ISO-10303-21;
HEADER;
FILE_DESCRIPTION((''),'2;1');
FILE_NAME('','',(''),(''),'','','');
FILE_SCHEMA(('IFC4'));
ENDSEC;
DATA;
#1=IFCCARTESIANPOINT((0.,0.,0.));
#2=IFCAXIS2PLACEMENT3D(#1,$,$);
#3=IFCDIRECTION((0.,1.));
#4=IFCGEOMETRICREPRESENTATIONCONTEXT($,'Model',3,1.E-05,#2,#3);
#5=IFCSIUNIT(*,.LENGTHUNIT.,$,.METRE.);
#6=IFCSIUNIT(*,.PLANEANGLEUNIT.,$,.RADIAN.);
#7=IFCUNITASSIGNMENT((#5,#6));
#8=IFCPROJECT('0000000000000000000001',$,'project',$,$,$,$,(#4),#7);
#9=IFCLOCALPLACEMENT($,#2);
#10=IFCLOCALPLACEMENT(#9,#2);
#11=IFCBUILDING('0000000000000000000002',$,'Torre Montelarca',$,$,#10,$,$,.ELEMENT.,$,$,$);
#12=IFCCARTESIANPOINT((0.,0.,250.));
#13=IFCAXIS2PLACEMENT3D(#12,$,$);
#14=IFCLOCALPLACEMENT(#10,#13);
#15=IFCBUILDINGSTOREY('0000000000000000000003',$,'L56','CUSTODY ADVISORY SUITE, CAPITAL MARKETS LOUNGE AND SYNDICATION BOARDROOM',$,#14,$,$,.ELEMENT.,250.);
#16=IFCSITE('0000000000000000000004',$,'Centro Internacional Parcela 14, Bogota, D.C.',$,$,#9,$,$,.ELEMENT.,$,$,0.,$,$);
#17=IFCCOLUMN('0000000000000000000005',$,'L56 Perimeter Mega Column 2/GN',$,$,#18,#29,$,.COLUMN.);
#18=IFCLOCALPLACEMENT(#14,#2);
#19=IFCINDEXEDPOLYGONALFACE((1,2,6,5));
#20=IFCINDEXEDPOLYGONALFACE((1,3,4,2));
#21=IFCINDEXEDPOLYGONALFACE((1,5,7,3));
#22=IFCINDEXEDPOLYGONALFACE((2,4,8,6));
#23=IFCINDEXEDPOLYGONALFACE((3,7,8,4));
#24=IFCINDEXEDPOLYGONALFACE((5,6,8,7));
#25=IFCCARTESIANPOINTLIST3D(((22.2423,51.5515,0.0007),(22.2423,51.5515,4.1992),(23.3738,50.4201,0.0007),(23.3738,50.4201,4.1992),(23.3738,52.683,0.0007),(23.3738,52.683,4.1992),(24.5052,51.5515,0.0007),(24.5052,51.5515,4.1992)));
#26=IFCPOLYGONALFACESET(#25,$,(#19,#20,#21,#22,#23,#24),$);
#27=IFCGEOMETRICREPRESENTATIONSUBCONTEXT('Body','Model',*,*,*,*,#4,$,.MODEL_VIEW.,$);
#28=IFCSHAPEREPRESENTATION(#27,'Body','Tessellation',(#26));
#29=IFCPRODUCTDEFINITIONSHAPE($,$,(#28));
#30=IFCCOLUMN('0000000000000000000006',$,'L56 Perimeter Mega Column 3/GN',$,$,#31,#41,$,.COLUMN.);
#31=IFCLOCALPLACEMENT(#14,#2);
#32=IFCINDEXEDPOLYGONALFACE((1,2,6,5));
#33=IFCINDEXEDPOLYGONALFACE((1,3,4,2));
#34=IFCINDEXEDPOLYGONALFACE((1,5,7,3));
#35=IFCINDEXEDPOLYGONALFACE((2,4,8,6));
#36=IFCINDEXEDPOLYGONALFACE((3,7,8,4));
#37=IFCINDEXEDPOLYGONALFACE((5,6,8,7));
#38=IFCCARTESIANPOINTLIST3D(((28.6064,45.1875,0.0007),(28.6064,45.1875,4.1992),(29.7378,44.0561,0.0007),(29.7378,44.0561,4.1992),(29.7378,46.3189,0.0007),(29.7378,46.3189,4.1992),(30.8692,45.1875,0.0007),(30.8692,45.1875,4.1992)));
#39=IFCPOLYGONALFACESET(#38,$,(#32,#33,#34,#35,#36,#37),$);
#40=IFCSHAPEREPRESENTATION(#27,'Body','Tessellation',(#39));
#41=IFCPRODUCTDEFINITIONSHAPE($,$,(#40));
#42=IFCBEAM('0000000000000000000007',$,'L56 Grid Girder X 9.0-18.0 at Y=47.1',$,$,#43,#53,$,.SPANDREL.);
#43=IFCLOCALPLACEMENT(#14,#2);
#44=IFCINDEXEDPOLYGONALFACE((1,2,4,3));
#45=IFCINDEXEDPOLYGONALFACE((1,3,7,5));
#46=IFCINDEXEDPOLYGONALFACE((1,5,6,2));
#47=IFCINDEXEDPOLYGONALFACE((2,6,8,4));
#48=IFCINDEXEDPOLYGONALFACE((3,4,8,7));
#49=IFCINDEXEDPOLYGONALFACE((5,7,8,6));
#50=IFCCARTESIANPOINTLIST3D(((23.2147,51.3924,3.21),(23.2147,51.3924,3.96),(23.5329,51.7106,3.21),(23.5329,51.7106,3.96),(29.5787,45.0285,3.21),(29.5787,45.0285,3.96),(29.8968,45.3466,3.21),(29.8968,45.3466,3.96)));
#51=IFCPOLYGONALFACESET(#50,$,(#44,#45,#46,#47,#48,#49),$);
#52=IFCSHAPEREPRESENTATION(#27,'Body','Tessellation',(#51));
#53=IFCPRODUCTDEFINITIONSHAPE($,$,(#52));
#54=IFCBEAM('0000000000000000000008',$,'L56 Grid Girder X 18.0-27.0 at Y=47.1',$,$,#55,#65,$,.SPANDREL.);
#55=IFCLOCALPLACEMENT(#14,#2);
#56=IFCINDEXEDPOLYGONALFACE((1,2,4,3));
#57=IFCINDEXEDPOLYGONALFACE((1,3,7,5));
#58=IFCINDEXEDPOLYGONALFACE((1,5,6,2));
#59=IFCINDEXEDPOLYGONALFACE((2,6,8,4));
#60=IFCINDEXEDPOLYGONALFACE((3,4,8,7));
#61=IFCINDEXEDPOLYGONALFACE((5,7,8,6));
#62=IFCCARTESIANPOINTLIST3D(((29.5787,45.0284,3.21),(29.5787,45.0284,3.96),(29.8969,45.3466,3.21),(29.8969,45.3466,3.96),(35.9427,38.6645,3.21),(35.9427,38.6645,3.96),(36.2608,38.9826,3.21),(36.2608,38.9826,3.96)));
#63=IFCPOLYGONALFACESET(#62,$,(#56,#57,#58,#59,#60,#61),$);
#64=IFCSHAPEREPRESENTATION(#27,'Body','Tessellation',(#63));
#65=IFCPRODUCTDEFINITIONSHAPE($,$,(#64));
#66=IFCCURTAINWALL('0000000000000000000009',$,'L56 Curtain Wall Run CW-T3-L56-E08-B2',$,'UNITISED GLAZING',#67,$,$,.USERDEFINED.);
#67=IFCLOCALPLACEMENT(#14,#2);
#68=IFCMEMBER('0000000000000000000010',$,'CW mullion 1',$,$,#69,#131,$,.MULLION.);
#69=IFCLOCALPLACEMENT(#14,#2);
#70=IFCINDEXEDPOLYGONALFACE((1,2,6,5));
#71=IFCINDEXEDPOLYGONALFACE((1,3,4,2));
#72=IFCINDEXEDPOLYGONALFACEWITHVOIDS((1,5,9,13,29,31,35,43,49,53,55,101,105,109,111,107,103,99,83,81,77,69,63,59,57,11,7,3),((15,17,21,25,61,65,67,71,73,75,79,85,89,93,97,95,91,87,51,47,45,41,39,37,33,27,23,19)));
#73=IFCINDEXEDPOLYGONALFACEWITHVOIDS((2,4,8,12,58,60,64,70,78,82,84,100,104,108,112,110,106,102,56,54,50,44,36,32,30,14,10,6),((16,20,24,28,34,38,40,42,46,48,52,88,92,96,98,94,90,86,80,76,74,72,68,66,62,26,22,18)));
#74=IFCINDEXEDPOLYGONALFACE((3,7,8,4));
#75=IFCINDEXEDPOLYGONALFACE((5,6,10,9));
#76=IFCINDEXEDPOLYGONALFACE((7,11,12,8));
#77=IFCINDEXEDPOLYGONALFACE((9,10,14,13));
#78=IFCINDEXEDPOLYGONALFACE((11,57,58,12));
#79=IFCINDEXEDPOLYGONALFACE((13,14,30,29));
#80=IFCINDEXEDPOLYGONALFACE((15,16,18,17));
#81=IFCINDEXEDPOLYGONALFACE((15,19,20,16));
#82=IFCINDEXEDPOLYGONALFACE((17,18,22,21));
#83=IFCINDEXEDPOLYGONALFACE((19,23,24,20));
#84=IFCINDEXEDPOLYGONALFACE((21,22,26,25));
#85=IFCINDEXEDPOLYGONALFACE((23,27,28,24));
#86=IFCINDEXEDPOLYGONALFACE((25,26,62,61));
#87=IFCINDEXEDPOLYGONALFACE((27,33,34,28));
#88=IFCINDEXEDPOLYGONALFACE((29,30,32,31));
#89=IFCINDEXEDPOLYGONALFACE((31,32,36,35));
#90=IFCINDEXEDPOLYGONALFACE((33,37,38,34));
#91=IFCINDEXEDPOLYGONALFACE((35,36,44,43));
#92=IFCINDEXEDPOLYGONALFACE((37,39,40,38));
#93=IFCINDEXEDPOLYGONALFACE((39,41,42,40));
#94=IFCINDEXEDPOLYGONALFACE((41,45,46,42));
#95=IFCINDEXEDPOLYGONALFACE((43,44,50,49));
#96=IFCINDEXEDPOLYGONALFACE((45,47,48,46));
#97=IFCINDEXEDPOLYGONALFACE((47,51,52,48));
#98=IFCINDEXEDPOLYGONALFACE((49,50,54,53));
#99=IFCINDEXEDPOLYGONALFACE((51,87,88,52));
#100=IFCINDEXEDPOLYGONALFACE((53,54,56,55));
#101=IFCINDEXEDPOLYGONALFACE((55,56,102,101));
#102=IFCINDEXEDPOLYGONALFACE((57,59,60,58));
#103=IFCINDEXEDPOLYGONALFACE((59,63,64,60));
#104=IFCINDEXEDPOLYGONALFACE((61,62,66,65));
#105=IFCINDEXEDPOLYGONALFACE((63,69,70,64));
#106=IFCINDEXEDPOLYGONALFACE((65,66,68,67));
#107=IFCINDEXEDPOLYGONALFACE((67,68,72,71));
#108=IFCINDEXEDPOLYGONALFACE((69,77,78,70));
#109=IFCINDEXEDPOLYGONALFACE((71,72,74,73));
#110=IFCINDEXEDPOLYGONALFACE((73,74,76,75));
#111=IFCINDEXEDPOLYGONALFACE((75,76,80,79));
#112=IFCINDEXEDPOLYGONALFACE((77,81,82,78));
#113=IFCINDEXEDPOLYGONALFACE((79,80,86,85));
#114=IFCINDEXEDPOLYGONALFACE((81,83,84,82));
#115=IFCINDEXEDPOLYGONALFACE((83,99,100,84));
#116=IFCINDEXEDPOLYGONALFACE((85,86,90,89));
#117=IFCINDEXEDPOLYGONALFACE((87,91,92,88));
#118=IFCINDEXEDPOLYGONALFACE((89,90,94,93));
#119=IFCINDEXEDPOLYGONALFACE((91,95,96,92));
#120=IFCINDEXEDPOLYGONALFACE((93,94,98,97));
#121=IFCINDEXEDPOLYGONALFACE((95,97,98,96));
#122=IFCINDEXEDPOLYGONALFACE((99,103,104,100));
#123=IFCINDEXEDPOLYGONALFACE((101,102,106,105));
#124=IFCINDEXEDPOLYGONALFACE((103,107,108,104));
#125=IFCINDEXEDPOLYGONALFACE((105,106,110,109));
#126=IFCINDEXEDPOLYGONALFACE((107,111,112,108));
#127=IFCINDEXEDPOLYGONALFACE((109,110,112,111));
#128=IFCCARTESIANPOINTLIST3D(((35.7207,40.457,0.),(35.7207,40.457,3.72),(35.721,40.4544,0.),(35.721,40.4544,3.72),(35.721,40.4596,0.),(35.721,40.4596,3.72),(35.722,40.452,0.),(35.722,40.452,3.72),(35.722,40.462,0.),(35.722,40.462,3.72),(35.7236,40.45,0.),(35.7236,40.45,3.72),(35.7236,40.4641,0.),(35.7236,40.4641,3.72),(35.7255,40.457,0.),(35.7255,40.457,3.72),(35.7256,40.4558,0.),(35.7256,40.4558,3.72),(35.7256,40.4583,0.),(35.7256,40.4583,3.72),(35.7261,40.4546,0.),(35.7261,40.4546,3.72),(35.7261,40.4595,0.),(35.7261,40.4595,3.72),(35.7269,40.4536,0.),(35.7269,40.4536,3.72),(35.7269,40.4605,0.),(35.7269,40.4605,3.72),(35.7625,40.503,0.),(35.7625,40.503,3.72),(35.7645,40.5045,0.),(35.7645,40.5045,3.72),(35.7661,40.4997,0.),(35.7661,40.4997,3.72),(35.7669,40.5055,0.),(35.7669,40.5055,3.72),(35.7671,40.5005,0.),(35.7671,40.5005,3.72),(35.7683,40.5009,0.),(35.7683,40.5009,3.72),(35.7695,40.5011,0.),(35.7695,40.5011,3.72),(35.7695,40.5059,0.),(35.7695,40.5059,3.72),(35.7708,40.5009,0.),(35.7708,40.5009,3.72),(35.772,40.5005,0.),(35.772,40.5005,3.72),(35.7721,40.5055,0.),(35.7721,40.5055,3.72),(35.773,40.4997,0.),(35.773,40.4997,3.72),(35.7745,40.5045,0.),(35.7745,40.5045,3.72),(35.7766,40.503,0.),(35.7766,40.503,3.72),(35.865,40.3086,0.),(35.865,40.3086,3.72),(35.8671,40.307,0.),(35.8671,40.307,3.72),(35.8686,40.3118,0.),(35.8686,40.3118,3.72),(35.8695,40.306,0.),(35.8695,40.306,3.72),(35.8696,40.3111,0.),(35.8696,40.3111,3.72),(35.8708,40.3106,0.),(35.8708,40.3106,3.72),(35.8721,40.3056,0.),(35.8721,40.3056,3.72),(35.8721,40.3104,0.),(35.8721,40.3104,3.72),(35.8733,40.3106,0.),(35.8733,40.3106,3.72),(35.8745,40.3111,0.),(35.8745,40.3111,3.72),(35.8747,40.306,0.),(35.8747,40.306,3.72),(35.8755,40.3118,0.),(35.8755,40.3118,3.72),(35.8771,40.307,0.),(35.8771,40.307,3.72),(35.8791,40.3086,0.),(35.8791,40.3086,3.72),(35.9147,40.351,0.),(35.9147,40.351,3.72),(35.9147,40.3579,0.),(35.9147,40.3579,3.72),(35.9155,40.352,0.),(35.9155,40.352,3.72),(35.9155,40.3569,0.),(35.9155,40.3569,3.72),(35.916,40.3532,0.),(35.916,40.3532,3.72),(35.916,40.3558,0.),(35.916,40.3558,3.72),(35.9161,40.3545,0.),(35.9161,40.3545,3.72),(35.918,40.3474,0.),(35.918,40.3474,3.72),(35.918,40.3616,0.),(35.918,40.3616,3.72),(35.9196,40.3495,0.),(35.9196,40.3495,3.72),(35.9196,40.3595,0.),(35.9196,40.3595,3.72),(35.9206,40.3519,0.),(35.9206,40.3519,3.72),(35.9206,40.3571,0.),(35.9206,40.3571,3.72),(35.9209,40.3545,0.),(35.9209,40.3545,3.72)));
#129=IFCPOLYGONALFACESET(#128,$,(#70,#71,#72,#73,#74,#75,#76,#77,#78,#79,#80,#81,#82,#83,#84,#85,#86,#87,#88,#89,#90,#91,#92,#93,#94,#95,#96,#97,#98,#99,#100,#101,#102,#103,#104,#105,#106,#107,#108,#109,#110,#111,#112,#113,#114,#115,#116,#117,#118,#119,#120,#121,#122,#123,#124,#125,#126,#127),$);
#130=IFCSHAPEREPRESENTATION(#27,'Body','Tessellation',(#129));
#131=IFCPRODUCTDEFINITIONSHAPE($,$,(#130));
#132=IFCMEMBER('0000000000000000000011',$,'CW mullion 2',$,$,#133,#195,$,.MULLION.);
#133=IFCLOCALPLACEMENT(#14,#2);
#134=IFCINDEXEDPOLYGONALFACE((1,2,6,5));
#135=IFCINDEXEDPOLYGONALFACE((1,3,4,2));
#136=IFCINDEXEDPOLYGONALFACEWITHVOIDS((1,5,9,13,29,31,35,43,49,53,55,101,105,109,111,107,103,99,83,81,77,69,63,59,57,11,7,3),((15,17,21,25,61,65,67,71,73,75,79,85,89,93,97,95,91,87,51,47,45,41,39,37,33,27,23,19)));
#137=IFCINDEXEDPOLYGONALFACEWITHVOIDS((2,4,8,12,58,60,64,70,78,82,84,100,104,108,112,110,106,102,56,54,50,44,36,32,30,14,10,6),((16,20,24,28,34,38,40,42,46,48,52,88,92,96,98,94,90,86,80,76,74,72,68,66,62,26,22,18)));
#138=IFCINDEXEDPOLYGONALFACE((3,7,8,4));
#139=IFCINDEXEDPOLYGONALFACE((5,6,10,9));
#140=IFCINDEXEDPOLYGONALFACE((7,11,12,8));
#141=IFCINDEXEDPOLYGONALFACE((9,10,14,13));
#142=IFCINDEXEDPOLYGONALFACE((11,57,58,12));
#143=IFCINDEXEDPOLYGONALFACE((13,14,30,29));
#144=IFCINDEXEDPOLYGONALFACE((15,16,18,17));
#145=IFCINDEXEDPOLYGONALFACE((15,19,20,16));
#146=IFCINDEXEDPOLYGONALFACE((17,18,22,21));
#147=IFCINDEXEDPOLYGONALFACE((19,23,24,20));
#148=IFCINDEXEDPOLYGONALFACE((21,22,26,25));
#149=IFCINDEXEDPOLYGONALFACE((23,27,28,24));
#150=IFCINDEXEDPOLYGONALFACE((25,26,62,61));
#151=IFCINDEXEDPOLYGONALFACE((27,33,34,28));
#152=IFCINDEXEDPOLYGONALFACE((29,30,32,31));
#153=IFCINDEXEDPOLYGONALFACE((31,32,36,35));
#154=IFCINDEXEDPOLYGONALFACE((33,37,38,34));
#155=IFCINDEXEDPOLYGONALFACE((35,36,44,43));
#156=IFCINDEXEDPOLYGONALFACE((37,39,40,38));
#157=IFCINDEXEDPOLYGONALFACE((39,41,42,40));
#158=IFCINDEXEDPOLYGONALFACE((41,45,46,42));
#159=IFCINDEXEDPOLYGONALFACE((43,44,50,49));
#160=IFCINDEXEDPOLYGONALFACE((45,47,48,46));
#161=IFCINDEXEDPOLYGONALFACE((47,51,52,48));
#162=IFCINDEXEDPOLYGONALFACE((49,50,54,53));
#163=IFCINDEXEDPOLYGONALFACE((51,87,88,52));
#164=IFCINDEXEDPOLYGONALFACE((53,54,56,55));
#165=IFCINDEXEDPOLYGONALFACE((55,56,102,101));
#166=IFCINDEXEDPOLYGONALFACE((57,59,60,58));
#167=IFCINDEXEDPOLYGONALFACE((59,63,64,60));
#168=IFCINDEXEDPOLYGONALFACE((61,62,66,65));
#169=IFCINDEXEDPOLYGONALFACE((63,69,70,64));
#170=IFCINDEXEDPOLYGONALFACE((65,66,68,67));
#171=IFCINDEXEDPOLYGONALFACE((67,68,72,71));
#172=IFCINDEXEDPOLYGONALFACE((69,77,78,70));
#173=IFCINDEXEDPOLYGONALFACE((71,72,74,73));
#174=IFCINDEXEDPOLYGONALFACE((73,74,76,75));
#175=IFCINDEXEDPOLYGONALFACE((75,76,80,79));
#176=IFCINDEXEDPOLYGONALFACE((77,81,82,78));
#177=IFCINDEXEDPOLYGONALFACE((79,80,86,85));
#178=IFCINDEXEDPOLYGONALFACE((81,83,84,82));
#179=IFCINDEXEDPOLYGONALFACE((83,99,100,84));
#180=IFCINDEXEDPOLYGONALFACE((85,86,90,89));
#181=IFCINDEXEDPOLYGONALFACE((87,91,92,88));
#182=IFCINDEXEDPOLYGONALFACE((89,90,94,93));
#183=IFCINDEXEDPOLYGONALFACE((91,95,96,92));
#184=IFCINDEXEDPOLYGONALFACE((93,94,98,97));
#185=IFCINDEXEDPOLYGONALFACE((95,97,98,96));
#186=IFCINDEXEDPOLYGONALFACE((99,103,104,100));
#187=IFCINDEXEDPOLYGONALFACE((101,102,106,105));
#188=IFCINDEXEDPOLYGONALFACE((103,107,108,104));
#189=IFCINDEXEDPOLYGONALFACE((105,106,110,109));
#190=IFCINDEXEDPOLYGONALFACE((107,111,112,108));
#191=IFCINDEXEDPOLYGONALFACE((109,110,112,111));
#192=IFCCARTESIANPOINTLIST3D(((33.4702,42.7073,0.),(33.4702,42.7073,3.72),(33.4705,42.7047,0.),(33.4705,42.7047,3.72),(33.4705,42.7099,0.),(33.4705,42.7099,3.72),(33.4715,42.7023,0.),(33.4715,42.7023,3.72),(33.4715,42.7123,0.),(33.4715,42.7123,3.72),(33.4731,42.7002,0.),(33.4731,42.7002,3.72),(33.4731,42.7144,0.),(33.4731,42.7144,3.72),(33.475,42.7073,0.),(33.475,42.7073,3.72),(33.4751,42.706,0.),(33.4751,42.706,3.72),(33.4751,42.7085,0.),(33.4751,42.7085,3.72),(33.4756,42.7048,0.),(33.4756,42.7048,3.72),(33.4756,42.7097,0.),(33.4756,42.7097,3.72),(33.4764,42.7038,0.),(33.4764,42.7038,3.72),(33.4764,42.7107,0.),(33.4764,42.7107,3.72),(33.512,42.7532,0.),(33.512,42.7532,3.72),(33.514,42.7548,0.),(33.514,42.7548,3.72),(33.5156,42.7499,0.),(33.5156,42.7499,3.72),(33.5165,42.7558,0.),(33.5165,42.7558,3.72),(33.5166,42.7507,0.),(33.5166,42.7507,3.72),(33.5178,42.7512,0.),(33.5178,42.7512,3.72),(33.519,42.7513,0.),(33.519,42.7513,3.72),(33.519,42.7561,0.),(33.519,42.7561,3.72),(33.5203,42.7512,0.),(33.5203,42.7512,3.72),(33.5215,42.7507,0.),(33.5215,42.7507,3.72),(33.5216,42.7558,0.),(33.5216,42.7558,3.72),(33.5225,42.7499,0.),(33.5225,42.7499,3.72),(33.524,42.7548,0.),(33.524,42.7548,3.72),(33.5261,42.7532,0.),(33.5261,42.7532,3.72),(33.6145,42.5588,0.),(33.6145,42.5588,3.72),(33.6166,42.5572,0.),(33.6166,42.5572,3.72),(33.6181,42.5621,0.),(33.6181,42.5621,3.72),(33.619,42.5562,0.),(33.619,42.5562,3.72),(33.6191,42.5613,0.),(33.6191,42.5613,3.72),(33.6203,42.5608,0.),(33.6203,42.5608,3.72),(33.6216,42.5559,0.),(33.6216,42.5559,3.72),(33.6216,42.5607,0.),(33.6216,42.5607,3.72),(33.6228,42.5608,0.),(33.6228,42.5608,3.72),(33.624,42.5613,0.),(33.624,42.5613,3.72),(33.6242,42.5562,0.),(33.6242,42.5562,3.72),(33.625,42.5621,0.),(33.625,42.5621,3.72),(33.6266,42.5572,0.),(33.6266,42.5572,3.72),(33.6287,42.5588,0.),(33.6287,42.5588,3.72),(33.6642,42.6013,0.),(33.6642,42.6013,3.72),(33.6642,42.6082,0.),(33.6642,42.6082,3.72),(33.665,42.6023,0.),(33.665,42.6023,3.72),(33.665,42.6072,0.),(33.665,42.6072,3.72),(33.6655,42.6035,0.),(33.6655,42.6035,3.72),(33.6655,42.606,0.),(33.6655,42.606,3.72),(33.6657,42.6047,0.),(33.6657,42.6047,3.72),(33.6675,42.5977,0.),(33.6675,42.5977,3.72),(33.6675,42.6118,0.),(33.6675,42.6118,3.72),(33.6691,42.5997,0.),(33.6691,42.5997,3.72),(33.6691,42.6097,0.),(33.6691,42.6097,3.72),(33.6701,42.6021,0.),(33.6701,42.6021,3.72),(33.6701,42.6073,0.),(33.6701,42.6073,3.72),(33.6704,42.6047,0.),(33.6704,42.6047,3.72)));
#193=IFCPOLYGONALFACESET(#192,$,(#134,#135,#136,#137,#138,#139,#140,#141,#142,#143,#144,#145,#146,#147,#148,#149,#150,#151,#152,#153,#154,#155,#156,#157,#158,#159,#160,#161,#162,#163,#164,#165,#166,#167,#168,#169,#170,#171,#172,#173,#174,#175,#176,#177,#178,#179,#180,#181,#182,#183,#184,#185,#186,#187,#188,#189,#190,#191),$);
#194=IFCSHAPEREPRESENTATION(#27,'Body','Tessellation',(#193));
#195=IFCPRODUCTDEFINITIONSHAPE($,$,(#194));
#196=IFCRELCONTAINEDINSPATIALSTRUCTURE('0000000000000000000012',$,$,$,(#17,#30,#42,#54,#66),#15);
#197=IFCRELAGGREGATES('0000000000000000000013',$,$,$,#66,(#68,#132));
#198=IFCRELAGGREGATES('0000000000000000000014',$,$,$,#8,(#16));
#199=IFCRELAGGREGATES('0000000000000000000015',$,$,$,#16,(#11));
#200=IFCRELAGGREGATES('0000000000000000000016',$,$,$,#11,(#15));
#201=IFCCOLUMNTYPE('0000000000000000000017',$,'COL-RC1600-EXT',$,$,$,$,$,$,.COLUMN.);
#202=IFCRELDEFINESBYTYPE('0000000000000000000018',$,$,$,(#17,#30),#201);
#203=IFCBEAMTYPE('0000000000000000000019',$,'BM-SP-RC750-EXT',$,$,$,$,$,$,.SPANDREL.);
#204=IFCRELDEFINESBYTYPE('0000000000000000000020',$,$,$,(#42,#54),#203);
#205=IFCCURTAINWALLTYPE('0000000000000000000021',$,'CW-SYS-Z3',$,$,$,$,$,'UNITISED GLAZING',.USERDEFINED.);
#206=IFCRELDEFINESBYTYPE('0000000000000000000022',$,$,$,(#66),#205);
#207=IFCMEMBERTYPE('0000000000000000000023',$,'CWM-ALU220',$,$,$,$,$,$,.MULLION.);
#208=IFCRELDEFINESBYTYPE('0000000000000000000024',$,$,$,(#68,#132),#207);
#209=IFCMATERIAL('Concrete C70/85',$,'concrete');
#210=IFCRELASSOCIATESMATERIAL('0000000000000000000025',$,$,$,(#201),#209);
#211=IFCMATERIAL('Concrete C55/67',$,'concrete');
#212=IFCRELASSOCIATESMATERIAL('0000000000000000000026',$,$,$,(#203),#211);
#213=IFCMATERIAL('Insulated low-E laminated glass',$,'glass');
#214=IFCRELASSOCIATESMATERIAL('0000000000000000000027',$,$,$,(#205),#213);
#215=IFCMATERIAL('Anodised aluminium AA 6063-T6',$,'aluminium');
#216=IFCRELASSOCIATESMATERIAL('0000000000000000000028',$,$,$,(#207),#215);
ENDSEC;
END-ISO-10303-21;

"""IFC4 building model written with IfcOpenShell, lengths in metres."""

from ifc_helpers import new_model, si_unit, direction, frame, origin, origin_2d, place, context, subcontext, project, spatial, rectangle, hollow_rectangle, extrude, source, transform, mapped, material, material_profile, profile_set, type_object, element, aggregate, save


model = new_model("IFC4")

# Units and contexts
model_context = context("Model", 3, precision=1e-05, world=origin(), true_north=direction((0.0, 1.0)))
body_context = subcontext(model_context, "Body", "Model", "MODEL_VIEW")
ifc_project = project(units=[si_unit("LENGTHUNIT", "METRE"), si_unit("PLANEANGLEUNIT", "RADIAN")], contexts=[model_context])

# Site, building, storey
site_placement = place(None, origin())
site = spatial("IfcSite", under=ifc_project, at=site_placement, Name="Centro Internacional Parcela 14, Bogota, D.C.", CompositionType="ELEMENT", RefElevation=0.0)
building_placement = place(site_placement, origin())
building = spatial("IfcBuilding", under=site, at=building_placement, Name="Torre Montelarca", CompositionType="ELEMENT")
storey_placement = place(building_placement, frame((0.0, 0.0, 250.0)))
storey = spatial("IfcBuildingStorey", under=building, at=storey_placement, Name="L56", Description="CUSTODY ADVISORY SUITE, CAPITAL MARKETS LOUNGE AND SYNDICATION BOARDROOM", CompositionType="ELEMENT", Elevation=250.0)

# Columns
ifc_material_1 = material(Name="Concrete C70/85", Category="concrete")
ifc_material_profile_1 = material_profile(ifc_material_1, rectangle(XDim=1.6001, YDim=1.6001, at=origin_2d()), Name="RC1600X1600", Category="concrete")
ifc_profile_set_1 = profile_set([ifc_material_profile_1], Name="Concrete C70/85")
column_type = type_object("IfcColumnType", Name="COL-RC1600-EXT", PredefinedType="COLUMN", material=ifc_profile_set_1)
shared_shape_1 = source(origin(), body_context, "Body", "SweptSolid", [
    extrude(rectangle(XDim=1.6001, YDim=1.6001, at=origin_2d()), origin(), (0.0, 0.0, 1.0), 4.1985),
])
for number, where, z_axis, x_axis, name in (
    (1, (23.3738, 51.5515, 0.0007), (0.0, 0.0, 1.0), (-0.707107, 0.707107, 0.0), "L56 Perimeter Mega Column 2/GN"),
    (2, (29.7378, 45.1875, 0.0007), (0.0, 0.0, 1.0), (-0.707107, 0.707107, 0.0), "L56 Perimeter Mega Column 3/GN"),
):
    element("IfcColumn", number, at=place(storey_placement, frame(where, z_axis=z_axis, x_axis=x_axis)), inside=storey, type_object=column_type, Name=name, PredefinedType="COLUMN", context=body_context, shape_type="MappedRepresentation", body=[
        mapped(shared_shape_1, transform((0.0, 0.0, 0.0), scale=1.0)),
    ])

# Beams
ifc_material_2 = material(Name="Concrete C55/67", Category="concrete")
ifc_material_profile_2 = material_profile(ifc_material_2, rectangle(XDim=0.45, YDim=0.75, at=origin_2d()), Name="RCB450X750", Category="concrete")
ifc_profile_set_2 = profile_set([ifc_material_profile_2], Name="Concrete C55/67")
beam_type = type_object("IfcBeamType", Name="BM-SP-RC750-EXT", PredefinedType="SPANDREL", material=ifc_profile_set_2)
shared_shape_2 = source(origin(), body_context, "Body", "SweptSolid", [
    extrude(rectangle(XDim=0.45, YDim=0.75, at=origin_2d()), origin(), (0.0, 0.0, 1.0), 9.0),
])
for number, where, z_axis, x_axis, name in (
    (3, (23.3738, 51.5515, 3.585), (0.707107, -0.707107, 0.0), (0.707107, 0.707107, 0.0), "L56 Grid Girder X 9.0-18.0 at Y=47.1"),
    (4, (29.7378, 45.1875, 3.585), (0.707107, -0.707107, 0.0), (0.707107, 0.707107, 0.0), "L56 Grid Girder X 18.0-27.0 at Y=47.1"),
):
    element("IfcBeam", number, at=place(storey_placement, frame(where, z_axis=z_axis, x_axis=x_axis)), inside=storey, type_object=beam_type, Name=name, PredefinedType="SPANDREL", context=body_context, shape_type="MappedRepresentation", body=[
        mapped(shared_shape_2, transform((0.0, 0.0, 0.0), scale=1.0)),
    ])

# Curtain wall, members
ifc_material_3 = material(Name="Insulated low-E laminated glass", Category="glass")
curtain_wall_type = type_object("IfcCurtainWallType", Name="CW-SYS-Z3", ElementType="UNITISED GLAZING", PredefinedType="USERDEFINED", material=ifc_material_3)
curtain_wall_1_placement = place(storey_placement, origin())
curtain_wall_1 = element("IfcCurtainWall", 5, at=curtain_wall_1_placement, inside=storey, type_object=curtain_wall_type, Name="L56 Curtain Wall Run CW-T3-L56-E08-B2", ObjectType="UNITISED GLAZING", PredefinedType="USERDEFINED")
ifc_material_4 = material(Name="Anodised aluminium AA 6063-T6", Category="aluminium")
ifc_material_profile_3 = material_profile(ifc_material_4, hollow_rectangle(XDim=0.075, YDim=0.22, WallThickness=0.0049, InnerFilletRadius=0.0049, OuterFilletRadius=0.01, at=origin_2d()), Name="ALU75X220X5", Category="aluminium")
ifc_profile_set_3 = profile_set([ifc_material_profile_3], Name="Anodised aluminium AA 6063-T6")
member_type_1 = type_object("IfcMemberType", Name="CWM-ALU220", PredefinedType="MULLION", material=ifc_profile_set_3)
shared_shape_3 = source(origin(), body_context, "Body", "SweptSolid", [
    extrude(hollow_rectangle(XDim=0.075, YDim=0.22, WallThickness=0.0049, InnerFilletRadius=0.0049, OuterFilletRadius=0.01, at=origin_2d()), origin(), (0.0, 0.0, 1.0), 3.72),
])
member_1_placement = place(storey_placement, frame((35.8208, 40.4058, 0.0), z_axis=(0.0, 0.0, 1.0), x_axis=(-0.707115, -0.707099, 0.0)))
member_1 = element("IfcMember", 6, at=member_1_placement, type_object=member_type_1, Name="CW mullion 1", PredefinedType="MULLION", context=body_context, shape_type="MappedRepresentation", body=[
    mapped(shared_shape_3, transform((0.0, 0.0, 0.0), scale=1.0)),
])
member_2_placement = place(storey_placement, frame((33.5703, 42.656, 0.0), z_axis=(0.0, 0.0, 1.0), x_axis=(-0.707115, -0.707099, 0.0)))
member_2 = element("IfcMember", 7, at=member_2_placement, type_object=member_type_1, Name="CW mullion 2", PredefinedType="MULLION", context=body_context, shape_type="MappedRepresentation", body=[
    mapped(shared_shape_3, transform((0.0, 0.0, 0.0), scale=1.0)),
])

aggregate(curtain_wall_1, [member_1, member_2])

save(model, "model.ifc")
